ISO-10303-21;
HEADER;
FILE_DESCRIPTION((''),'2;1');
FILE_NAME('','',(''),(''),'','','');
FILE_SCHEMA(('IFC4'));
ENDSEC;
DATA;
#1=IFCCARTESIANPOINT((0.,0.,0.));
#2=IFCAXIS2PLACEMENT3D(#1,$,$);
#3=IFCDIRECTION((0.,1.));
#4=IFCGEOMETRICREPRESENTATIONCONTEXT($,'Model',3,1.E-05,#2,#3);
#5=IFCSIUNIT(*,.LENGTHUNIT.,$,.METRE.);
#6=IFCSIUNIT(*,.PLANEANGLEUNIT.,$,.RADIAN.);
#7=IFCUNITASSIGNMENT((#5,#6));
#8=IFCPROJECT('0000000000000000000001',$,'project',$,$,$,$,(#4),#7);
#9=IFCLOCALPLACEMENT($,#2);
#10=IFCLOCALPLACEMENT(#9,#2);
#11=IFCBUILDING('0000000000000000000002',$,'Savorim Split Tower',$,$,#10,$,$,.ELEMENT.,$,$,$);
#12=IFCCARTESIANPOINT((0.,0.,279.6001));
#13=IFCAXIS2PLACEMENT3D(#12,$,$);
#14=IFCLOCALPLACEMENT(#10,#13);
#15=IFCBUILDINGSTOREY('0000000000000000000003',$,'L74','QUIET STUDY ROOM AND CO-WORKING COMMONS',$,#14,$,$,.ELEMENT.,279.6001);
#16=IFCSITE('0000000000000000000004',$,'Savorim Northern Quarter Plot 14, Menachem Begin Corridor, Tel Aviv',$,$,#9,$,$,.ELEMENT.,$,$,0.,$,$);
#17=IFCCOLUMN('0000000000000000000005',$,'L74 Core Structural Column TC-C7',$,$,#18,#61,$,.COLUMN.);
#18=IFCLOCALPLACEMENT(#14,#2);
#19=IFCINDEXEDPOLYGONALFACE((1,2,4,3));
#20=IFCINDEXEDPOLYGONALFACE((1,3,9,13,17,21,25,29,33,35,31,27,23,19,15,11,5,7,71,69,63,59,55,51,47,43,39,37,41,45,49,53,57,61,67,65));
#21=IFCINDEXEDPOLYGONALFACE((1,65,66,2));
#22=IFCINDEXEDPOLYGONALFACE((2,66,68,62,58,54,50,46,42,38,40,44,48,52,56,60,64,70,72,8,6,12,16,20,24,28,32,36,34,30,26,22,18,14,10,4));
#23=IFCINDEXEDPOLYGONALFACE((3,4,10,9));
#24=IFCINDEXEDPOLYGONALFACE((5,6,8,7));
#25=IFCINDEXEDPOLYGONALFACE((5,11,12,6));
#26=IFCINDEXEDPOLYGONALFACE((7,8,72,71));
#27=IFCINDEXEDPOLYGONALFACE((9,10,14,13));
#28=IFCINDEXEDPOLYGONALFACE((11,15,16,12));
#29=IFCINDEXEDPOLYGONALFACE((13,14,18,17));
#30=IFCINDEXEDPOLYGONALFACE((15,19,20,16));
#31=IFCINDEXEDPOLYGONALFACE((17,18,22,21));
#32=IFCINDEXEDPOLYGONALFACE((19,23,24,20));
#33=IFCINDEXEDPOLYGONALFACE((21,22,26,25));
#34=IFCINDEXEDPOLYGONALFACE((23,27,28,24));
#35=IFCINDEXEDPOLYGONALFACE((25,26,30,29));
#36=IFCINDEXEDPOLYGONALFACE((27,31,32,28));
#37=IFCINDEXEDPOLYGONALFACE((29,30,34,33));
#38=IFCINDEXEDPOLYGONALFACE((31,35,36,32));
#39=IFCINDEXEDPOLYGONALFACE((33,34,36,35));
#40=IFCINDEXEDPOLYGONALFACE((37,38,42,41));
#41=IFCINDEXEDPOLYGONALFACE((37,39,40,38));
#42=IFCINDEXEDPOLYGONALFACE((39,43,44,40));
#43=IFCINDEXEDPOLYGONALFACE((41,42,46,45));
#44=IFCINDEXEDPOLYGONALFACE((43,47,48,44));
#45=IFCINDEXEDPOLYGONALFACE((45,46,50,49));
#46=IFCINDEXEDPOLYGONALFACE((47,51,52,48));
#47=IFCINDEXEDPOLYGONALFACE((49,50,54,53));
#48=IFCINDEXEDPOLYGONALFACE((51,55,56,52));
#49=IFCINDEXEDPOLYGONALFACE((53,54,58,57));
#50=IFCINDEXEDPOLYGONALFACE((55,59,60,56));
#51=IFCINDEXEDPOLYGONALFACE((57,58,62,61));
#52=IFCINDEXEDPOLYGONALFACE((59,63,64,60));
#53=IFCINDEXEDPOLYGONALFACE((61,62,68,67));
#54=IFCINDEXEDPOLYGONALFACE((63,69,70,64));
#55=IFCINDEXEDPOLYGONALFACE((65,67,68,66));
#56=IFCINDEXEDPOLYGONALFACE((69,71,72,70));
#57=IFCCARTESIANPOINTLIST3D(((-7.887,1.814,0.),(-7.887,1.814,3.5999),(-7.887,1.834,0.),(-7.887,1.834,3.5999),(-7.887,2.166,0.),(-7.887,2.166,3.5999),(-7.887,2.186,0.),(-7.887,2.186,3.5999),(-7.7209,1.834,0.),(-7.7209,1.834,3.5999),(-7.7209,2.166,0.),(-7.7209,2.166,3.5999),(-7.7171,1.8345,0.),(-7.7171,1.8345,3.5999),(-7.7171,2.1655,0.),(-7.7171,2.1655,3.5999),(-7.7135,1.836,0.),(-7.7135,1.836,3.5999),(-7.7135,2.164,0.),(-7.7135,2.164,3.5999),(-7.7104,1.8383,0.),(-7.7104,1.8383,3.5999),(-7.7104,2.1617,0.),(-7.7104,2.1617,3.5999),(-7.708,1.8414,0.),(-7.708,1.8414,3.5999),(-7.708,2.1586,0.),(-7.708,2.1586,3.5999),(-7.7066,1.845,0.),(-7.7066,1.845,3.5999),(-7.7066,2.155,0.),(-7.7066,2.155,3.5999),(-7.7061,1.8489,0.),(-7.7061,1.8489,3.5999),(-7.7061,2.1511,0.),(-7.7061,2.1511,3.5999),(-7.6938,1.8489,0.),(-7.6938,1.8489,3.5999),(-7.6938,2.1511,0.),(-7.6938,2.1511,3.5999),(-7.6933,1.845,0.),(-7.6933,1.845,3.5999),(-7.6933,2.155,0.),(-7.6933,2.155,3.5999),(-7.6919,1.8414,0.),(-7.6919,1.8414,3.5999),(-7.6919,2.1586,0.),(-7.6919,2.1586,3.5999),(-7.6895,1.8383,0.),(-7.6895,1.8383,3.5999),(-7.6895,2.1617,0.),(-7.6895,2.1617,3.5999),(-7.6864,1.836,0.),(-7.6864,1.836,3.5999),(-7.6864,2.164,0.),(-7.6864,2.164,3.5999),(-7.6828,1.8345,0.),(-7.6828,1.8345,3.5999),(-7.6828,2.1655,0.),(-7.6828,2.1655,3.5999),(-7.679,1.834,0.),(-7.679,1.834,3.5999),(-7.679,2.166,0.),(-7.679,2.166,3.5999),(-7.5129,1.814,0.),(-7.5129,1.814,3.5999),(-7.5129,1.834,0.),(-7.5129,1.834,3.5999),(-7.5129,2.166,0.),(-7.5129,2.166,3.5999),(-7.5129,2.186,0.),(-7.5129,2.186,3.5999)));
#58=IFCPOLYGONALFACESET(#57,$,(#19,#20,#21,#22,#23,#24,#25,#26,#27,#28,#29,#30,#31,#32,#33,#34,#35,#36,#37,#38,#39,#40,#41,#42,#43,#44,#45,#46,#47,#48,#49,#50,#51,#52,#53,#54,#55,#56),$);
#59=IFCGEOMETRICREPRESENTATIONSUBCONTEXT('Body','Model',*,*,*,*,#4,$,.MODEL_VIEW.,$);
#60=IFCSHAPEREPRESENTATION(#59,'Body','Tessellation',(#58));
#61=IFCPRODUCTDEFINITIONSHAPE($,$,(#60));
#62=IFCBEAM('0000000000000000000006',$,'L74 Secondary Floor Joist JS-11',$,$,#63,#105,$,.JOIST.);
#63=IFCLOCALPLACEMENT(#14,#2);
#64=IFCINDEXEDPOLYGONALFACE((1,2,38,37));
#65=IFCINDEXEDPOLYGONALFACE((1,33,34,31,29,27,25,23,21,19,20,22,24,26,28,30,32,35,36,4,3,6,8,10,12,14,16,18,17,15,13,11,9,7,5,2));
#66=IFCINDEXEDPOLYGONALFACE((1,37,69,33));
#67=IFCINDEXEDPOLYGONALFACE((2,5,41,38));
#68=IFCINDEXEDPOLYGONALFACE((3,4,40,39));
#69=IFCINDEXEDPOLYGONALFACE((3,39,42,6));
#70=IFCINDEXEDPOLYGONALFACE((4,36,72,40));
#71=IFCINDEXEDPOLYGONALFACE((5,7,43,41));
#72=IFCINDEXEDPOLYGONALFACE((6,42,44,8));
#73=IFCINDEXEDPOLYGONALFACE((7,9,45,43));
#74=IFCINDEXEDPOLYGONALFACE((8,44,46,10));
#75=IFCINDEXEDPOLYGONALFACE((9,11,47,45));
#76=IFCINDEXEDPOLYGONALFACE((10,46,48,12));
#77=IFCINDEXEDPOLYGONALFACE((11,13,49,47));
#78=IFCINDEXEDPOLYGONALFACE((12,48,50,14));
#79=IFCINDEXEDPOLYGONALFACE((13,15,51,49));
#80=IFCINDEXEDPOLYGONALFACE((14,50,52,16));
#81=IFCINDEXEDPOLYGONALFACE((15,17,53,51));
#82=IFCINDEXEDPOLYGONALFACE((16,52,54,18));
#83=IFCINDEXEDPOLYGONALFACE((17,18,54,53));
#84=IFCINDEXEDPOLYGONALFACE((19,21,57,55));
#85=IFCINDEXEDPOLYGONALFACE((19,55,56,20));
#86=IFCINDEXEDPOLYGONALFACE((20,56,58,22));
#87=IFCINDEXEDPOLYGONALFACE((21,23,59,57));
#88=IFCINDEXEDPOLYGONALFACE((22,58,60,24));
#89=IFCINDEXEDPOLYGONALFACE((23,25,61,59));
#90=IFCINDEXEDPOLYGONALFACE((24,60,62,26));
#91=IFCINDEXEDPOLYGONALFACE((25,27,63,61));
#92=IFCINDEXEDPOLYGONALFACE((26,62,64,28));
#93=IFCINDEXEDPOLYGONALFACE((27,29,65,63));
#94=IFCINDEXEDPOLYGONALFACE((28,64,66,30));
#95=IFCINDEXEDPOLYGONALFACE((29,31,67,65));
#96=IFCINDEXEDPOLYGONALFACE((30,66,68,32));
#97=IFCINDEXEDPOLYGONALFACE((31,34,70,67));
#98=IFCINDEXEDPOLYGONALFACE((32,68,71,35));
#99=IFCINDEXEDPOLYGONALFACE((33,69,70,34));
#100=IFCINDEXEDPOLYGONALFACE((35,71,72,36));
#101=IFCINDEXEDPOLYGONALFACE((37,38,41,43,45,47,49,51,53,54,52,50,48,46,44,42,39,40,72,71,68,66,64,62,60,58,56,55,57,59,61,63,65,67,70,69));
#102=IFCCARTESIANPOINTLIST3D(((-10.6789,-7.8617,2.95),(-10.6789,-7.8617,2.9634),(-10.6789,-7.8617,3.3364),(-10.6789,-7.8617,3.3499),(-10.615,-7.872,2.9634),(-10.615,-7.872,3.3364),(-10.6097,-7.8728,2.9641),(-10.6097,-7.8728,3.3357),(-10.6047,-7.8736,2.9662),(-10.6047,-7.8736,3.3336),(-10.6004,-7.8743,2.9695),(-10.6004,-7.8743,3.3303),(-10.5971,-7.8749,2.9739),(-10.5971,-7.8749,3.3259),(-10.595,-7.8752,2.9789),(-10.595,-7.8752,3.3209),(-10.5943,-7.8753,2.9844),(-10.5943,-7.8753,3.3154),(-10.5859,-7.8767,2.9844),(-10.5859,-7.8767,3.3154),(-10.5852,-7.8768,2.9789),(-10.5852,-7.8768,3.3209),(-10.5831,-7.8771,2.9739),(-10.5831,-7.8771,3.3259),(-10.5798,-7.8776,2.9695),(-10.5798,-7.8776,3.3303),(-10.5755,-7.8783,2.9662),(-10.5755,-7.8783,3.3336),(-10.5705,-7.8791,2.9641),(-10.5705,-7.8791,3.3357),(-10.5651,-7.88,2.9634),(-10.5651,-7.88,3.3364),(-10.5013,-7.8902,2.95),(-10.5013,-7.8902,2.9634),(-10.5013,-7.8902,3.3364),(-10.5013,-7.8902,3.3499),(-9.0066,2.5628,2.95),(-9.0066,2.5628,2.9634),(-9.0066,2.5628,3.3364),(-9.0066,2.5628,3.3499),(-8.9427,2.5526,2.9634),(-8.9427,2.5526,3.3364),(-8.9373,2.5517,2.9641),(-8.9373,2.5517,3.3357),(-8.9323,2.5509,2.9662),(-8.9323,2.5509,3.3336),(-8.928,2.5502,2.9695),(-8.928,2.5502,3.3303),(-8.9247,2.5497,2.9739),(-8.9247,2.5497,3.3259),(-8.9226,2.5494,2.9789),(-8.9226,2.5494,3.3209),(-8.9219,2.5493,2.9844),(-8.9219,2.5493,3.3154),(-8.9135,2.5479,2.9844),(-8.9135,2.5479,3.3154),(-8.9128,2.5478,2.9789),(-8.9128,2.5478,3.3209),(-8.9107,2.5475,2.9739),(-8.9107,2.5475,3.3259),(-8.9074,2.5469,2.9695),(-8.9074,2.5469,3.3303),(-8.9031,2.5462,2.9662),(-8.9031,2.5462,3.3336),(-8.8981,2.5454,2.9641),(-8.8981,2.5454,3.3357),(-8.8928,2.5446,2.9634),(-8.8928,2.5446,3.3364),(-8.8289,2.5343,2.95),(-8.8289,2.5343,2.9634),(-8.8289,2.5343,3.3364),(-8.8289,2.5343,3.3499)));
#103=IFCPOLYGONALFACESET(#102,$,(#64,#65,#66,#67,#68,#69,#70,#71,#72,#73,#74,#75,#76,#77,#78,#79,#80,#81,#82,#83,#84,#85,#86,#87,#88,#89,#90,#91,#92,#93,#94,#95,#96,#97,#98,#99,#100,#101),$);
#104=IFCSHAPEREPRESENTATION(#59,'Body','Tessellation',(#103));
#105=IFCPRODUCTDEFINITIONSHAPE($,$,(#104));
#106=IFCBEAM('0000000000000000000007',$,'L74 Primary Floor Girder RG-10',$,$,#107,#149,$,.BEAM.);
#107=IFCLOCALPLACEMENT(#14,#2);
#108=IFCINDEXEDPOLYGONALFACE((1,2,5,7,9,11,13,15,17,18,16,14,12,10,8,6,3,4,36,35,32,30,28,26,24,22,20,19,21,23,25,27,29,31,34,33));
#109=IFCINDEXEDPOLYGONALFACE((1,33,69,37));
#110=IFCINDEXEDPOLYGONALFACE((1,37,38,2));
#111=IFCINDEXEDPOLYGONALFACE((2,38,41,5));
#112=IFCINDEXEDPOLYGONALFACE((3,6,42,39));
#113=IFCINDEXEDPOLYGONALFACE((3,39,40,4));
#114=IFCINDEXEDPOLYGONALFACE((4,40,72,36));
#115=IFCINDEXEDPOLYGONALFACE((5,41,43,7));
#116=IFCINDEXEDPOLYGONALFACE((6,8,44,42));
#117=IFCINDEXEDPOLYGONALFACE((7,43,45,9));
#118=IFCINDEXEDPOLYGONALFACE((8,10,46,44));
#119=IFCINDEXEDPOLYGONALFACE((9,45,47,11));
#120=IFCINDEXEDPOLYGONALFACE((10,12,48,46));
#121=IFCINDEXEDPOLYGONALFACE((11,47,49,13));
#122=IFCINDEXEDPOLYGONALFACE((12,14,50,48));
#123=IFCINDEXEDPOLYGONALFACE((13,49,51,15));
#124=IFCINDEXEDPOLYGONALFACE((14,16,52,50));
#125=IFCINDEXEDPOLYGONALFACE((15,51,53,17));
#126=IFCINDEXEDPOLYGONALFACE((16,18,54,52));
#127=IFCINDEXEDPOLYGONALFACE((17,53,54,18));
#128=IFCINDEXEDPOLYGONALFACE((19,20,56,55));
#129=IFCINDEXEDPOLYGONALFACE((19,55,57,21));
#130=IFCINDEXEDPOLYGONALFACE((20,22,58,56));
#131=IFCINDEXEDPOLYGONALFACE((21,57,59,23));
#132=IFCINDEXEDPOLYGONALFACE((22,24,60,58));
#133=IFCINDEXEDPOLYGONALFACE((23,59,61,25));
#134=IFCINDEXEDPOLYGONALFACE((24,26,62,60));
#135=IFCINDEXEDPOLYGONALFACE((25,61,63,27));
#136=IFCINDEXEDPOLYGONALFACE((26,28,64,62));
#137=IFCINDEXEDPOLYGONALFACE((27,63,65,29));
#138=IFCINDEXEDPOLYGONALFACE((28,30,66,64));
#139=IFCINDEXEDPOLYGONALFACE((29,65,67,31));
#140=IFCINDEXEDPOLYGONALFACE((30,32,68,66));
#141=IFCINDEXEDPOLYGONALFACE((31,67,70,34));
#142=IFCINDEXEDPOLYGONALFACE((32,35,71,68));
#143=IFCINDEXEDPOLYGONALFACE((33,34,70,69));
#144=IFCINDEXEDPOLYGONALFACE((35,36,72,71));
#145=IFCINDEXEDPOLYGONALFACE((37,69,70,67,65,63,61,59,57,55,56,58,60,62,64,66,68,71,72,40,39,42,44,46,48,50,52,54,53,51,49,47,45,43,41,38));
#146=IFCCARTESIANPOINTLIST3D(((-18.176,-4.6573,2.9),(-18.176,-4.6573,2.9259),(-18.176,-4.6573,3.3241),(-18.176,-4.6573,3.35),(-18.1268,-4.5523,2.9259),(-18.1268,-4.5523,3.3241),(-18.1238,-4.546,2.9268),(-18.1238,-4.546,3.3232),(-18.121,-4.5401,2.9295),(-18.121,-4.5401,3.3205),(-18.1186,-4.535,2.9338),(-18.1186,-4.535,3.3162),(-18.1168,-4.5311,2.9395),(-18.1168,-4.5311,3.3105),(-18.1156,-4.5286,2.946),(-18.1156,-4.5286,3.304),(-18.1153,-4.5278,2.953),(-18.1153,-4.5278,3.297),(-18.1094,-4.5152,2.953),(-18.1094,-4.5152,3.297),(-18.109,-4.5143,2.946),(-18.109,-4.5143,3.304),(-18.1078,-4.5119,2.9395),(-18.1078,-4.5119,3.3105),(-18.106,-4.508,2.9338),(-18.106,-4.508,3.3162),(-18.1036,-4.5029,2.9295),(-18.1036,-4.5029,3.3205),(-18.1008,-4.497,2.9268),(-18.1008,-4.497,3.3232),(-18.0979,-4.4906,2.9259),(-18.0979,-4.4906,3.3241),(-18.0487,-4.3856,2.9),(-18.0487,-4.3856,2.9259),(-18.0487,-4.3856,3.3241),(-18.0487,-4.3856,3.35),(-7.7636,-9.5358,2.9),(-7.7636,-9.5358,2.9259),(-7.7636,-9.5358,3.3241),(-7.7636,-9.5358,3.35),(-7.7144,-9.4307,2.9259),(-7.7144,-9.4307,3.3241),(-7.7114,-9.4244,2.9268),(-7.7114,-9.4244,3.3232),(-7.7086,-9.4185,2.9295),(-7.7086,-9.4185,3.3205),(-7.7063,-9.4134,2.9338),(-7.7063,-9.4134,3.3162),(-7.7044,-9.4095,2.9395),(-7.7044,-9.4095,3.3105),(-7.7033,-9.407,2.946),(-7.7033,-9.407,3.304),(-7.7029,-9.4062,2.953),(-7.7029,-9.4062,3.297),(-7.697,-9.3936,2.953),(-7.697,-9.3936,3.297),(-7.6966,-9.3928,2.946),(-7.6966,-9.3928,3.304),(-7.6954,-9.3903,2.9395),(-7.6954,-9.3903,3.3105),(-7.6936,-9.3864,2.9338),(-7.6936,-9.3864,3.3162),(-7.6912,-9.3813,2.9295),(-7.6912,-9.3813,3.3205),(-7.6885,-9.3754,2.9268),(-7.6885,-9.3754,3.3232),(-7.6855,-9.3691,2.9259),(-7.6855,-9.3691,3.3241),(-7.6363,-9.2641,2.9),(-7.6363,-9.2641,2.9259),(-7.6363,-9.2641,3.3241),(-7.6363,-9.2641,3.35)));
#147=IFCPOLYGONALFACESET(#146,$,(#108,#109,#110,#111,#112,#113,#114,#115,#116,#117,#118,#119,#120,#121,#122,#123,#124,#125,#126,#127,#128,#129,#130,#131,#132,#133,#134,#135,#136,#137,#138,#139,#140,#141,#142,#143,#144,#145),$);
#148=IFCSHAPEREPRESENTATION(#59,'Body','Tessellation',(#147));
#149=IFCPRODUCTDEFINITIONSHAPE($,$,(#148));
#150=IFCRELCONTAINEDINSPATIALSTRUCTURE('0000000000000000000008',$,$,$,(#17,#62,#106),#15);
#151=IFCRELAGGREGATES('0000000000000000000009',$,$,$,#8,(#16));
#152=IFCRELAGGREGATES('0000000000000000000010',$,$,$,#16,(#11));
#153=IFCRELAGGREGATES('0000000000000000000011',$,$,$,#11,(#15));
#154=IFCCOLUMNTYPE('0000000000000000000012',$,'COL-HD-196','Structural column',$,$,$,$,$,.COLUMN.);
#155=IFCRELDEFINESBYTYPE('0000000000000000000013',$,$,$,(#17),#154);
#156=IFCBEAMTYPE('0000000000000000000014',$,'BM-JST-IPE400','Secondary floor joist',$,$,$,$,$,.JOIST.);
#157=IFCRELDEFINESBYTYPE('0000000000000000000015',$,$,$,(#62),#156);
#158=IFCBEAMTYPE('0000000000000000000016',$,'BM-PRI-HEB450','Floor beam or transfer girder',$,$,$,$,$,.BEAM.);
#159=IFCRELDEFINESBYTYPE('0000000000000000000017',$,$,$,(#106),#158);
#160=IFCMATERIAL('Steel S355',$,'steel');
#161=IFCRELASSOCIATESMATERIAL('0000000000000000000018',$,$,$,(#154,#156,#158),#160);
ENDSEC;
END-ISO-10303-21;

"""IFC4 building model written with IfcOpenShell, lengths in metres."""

from ifc_helpers import new_model, si_unit, direction, frame, origin, origin_2d, place, context, subcontext, project, spatial, i_section, extrude, material, material_profile, profile_set, type_object, element, save


model = new_model("IFC4")

# Units and contexts
model_context = context("Model", 3, precision=1e-05, world=origin(), true_north=direction((0.0, 1.0)))
body_context = subcontext(model_context, "Body", "Model", "MODEL_VIEW")
ifc_project = project(units=[si_unit("LENGTHUNIT", "METRE"), si_unit("PLANEANGLEUNIT", "RADIAN")], contexts=[model_context])

# Site, building, storey
site_placement = place(None, origin())
site = spatial("IfcSite", under=ifc_project, at=site_placement, Name="Savorim Northern Quarter Plot 14, Menachem Begin Corridor, Tel Aviv", CompositionType="ELEMENT", RefElevation=0.0)
building_placement = place(site_placement, origin())
building = spatial("IfcBuilding", under=site, at=building_placement, Name="Savorim Split Tower", CompositionType="ELEMENT")
storey_placement = place(building_placement, frame((0.0, 0.0, 279.6001)))
storey = spatial("IfcBuildingStorey", under=building, at=storey_placement, Name="L74", Description="QUIET STUDY ROOM AND CO-WORKING COMMONS", CompositionType="ELEMENT", Elevation=279.6001)

# Column
ifc_material_1 = material(Name="Steel S355", Category="steel")
ifc_material_profile_1 = material_profile(ifc_material_1, i_section(OverallWidth=0.374, OverallDepth=0.3721, WebThickness=0.0122, FlangeThickness=0.02, FilletRadius=0.0149, at=origin_2d()), Name="HD 360x196")
ifc_profile_set_1 = profile_set([ifc_material_profile_1], Name="Steel S355")
column_type = type_object("IfcColumnType", Name="COL-HD-196", Description="Structural column", PredefinedType="COLUMN", material=ifc_profile_set_1)
column_placement = place(storey_placement, frame((-7.7, 2.0, 0.0), z_axis=(0.0, 0.0, 1.0), x_axis=(1.0, 0.0, 0.0)))
element("IfcColumn", 1, at=column_placement, inside=storey, type_object=column_type, Name="L74 Core Structural Column TC-C7", PredefinedType="COLUMN", context=body_context, shape_type="SweptSolid", body=[
    extrude(i_section(OverallWidth=0.374, OverallDepth=0.3721, WebThickness=0.0122, FlangeThickness=0.02, FilletRadius=0.0149, at=origin_2d()), origin(), (0.0, 0.0, 1.0), 3.5999),
])

# Beams
ifc_material_profile_2 = material_profile(ifc_material_1, i_section(OverallWidth=0.1799, OverallDepth=0.3999, WebThickness=0.0085, FlangeThickness=0.0134, FilletRadius=0.021, at=origin_2d()), Name="IPE 400")
ifc_profile_set_2 = profile_set([ifc_material_profile_2], Name="Steel S355")
beam_type_1 = type_object("IfcBeamType", Name="BM-JST-IPE400", Description="Secondary floor joist", PredefinedType="JOIST", material=ifc_profile_set_2)
beam_1_placement = place(storey_placement, frame((-8.9177, 2.5486, 3.1499), z_axis=(-0.1584, -0.987375, 0.0), x_axis=(0.987375, -0.1584, 0.0)))
element("IfcBeam", 2, at=beam_1_placement, inside=storey, type_object=beam_type_1, Name="L74 Secondary Floor Joist JS-11", PredefinedType="JOIST", context=body_context, shape_type="SweptSolid", body=[
    extrude(i_section(OverallWidth=0.1799, OverallDepth=0.3999, WebThickness=0.0085, FlangeThickness=0.0134, FilletRadius=0.021, at=origin_2d()), origin(), (0.0, 0.0, 1.0), 10.5579),
])
ifc_material_profile_3 = material_profile(ifc_material_1, i_section(OverallWidth=0.3, OverallDepth=0.45, WebThickness=0.0139, FlangeThickness=0.0259, FilletRadius=0.0271, at=origin_2d()), Name="HEB 450")
ifc_profile_set_3 = profile_set([ifc_material_profile_3], Name="Steel S355")
beam_type_2 = type_object("IfcBeamType", Name="BM-PRI-HEB450", Description="Floor beam or transfer girder", PredefinedType="BEAM", material=ifc_profile_set_3)
beam_2_placement = place(storey_placement, frame((-18.1123, -4.5215, 3.125), z_axis=(0.905538, -0.424265, 0.0), x_axis=(0.424265, 0.905538, 0.0)))
element("IfcBeam", 3, at=beam_2_placement, inside=storey, type_object=beam_type_2, Name="L74 Primary Floor Girder RG-10", PredefinedType="BEAM", context=body_context, shape_type="SweptSolid", body=[
    extrude(i_section(OverallWidth=0.3, OverallDepth=0.45, WebThickness=0.0139, FlangeThickness=0.0259, FilletRadius=0.0271, at=origin_2d()), origin(), (0.0, 0.0, 1.0), 11.4985),
])

save(model, "model.ifc")
